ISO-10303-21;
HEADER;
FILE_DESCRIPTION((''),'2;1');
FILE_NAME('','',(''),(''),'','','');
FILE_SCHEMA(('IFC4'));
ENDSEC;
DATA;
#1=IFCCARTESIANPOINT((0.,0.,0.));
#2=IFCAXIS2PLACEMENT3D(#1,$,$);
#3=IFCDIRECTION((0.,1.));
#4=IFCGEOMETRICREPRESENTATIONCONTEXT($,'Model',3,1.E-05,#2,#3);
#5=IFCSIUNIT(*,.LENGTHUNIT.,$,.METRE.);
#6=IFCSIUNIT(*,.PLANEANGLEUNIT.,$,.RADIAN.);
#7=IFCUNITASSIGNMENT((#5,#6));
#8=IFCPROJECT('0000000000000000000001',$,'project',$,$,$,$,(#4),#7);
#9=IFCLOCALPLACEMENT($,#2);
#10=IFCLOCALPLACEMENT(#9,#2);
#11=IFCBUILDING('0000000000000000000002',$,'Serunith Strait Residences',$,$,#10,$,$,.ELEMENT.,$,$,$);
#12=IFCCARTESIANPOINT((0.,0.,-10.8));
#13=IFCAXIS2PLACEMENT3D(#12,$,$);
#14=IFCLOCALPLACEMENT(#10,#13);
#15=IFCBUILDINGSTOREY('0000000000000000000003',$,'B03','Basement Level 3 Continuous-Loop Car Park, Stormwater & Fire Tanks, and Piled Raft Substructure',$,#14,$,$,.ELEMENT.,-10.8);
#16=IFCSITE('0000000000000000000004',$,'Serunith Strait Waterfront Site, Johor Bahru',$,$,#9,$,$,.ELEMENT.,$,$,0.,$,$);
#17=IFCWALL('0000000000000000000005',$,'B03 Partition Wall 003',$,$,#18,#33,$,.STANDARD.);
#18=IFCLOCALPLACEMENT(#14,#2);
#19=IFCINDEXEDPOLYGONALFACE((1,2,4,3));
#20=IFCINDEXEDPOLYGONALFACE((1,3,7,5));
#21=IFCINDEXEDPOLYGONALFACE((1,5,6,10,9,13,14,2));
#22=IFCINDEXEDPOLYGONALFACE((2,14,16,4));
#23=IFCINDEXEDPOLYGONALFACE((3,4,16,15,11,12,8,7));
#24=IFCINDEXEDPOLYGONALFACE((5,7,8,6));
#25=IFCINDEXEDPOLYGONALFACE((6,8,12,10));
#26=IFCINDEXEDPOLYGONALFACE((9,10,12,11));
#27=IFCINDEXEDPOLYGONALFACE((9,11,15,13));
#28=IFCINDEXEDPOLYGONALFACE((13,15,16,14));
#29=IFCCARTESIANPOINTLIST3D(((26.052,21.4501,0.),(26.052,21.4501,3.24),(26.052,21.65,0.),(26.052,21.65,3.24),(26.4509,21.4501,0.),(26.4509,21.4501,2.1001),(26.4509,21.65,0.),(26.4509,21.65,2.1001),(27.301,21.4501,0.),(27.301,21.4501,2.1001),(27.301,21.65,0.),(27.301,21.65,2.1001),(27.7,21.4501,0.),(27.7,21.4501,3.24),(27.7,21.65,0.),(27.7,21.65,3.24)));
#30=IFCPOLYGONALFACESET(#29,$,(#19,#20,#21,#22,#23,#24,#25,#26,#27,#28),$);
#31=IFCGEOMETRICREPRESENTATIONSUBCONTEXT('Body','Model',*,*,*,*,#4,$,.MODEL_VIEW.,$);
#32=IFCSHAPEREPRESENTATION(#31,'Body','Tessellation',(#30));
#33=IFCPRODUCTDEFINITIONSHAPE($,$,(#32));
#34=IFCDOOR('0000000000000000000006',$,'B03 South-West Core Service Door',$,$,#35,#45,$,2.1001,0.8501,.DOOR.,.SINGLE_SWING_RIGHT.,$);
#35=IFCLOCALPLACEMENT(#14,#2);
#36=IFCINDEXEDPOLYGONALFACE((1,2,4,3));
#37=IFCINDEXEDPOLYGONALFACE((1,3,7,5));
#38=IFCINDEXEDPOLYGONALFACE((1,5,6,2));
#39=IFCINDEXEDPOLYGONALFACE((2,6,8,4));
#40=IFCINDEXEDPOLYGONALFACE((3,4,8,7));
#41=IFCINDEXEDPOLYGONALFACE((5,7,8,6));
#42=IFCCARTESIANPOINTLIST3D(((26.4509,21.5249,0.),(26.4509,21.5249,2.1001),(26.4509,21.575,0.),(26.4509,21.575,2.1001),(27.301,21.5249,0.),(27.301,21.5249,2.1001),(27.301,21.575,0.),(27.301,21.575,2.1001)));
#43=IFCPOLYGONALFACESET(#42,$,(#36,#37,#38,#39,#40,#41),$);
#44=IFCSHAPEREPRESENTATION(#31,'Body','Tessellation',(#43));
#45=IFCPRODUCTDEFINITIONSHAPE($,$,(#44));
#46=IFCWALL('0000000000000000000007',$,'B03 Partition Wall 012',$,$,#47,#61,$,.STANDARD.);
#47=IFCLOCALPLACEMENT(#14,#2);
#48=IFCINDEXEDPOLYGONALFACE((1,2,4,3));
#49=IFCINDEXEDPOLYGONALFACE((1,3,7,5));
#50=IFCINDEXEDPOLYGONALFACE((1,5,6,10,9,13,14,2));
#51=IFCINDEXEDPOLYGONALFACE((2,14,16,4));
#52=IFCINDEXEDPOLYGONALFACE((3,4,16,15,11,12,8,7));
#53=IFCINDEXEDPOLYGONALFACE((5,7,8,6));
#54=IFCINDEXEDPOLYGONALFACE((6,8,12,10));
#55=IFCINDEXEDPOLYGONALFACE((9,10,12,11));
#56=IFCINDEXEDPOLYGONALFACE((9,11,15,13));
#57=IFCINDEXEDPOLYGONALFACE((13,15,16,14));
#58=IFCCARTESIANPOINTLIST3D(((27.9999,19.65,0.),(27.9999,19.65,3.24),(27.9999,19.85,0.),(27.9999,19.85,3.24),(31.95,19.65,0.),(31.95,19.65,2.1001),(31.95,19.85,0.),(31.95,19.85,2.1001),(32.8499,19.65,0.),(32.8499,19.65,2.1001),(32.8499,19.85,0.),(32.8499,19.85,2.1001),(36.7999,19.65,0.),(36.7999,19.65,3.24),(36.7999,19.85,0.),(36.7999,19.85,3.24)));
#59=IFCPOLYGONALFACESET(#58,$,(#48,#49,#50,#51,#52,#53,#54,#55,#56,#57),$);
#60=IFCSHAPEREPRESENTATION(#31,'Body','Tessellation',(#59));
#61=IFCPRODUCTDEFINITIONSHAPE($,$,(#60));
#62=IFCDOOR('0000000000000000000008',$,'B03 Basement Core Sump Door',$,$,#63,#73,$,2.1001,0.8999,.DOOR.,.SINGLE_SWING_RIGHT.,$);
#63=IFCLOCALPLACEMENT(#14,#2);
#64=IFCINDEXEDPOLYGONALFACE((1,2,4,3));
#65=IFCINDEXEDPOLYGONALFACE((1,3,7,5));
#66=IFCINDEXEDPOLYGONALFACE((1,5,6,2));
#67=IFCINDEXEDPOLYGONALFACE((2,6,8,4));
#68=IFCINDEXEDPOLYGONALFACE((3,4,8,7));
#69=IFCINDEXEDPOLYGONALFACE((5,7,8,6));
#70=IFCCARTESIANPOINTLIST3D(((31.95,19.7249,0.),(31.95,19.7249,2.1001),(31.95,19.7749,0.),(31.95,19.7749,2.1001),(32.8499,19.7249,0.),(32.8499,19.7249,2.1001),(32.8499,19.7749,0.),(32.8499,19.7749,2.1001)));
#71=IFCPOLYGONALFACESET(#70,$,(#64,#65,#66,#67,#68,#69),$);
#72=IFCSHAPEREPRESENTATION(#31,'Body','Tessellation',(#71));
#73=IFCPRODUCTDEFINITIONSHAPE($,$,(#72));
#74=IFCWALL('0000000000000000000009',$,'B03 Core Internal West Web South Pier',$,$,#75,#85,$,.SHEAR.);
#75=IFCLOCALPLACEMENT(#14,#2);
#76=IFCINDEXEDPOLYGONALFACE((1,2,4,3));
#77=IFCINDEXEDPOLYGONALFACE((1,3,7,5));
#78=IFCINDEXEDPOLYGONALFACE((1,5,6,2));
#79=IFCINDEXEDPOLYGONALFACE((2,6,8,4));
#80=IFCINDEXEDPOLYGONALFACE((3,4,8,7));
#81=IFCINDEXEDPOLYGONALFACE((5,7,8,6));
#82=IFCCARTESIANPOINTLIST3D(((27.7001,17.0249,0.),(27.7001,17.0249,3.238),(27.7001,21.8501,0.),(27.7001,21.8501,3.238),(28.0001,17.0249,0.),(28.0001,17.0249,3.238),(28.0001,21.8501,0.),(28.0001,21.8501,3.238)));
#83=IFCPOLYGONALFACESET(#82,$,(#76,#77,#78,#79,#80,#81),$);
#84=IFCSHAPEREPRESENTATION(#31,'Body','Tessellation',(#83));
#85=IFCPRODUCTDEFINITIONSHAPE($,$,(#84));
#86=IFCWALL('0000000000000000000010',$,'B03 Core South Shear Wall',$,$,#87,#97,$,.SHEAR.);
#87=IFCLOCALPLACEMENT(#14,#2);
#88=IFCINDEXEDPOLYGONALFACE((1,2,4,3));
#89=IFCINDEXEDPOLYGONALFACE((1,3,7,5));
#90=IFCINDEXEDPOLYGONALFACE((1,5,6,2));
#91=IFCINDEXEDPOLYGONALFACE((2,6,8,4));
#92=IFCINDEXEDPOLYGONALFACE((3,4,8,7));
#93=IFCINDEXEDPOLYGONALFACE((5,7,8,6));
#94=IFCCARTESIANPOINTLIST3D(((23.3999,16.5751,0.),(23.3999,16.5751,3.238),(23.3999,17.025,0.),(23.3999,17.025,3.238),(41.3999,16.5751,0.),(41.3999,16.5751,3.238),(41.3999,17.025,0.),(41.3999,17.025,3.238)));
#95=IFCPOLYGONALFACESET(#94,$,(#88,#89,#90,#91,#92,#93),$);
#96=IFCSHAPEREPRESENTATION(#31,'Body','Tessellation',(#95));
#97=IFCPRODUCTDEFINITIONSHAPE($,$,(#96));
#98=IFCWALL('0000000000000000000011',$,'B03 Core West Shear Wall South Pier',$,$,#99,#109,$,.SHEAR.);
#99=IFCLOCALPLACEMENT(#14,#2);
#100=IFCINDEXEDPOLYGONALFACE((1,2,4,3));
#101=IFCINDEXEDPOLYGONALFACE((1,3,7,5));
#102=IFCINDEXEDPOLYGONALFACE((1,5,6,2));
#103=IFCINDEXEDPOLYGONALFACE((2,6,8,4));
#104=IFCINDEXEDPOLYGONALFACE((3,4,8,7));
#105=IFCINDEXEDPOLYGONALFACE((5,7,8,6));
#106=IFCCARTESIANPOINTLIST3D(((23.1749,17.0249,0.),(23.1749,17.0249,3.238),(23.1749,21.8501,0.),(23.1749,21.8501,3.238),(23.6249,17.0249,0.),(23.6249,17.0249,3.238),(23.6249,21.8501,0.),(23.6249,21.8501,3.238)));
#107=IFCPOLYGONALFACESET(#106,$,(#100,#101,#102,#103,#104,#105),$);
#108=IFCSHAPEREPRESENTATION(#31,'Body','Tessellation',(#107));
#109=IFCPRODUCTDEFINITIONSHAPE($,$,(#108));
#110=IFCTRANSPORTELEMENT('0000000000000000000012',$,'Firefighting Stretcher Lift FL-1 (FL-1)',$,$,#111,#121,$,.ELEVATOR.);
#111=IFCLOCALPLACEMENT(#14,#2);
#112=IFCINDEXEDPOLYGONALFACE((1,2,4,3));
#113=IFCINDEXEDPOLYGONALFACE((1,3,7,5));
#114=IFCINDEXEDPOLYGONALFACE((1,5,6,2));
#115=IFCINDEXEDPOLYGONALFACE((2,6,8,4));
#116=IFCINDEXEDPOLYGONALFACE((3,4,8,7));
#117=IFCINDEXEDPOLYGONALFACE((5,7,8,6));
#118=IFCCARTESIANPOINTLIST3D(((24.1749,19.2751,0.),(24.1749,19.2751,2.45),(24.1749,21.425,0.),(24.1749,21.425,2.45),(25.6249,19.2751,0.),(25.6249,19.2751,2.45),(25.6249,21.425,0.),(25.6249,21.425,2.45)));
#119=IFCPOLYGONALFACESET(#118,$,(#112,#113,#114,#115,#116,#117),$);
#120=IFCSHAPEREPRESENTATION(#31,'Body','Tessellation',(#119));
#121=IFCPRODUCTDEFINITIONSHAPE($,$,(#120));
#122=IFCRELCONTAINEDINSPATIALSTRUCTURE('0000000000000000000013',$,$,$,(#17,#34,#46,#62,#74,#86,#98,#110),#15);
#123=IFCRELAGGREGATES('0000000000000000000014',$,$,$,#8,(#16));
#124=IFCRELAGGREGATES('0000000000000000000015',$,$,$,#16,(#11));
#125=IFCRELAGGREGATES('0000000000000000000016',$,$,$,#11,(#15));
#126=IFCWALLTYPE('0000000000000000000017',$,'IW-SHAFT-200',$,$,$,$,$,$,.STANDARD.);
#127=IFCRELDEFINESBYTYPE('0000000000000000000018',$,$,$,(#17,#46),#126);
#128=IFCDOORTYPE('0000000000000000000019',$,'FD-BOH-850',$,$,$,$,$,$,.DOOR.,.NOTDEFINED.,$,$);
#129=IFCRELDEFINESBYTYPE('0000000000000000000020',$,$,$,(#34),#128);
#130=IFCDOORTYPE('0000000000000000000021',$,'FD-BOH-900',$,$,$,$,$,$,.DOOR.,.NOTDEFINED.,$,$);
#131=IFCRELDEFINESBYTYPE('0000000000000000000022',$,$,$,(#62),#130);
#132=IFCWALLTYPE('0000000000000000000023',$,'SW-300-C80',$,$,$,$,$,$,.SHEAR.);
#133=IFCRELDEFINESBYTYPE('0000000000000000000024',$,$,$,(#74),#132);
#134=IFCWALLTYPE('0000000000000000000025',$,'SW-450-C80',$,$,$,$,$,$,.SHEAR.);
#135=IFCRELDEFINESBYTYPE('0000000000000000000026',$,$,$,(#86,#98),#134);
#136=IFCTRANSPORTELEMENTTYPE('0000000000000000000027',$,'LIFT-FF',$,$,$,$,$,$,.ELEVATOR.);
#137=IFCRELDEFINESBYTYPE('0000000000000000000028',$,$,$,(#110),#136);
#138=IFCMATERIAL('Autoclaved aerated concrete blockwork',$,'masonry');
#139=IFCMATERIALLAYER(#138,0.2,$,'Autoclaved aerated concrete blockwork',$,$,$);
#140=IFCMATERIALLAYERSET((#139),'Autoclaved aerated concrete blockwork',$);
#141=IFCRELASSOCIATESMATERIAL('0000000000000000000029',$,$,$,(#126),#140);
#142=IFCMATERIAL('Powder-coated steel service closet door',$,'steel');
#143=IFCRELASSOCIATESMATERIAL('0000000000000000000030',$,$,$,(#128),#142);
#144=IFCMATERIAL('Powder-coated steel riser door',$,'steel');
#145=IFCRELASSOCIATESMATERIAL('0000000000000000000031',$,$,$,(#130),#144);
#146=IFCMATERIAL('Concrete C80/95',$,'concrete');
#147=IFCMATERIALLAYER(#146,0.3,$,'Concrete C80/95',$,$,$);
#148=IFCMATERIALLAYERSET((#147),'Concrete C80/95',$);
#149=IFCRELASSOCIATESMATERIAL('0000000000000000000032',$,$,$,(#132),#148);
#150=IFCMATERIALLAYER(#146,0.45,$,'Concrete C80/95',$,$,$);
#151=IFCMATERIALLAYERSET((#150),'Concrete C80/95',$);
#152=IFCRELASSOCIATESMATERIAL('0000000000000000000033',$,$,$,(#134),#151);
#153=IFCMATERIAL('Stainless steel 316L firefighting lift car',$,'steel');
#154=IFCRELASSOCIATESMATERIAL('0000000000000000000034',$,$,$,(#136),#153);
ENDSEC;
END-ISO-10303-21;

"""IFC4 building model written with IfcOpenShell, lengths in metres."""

from ifc_helpers import new_model, si_unit, direction, frame, frame_2d, origin, origin_2d, place, context, subcontext, project, spatial, rectangle, extrude, source, transform, mapped, material, layer, layer_set, type_object, element, fill, save


model = new_model("IFC4")

# Units and contexts
model_context = context("Model", 3, precision=1e-05, world=origin(), true_north=direction((0.0, 1.0)))
body_context = subcontext(model_context, "Body", "Model", "MODEL_VIEW")
ifc_project = project(units=[si_unit("LENGTHUNIT", "METRE"), si_unit("PLANEANGLEUNIT", "RADIAN")], contexts=[model_context])

# Site, building, storey
site_placement = place(None, origin())
site = spatial("IfcSite", under=ifc_project, at=site_placement, Name="Serunith Strait Waterfront Site, Johor Bahru", CompositionType="ELEMENT", RefElevation=0.0)
building_placement = place(site_placement, origin())
building = spatial("IfcBuilding", under=site, at=building_placement, Name="Serunith Strait Residences", CompositionType="ELEMENT")
storey_placement = place(building_placement, frame((0.0, 0.0, -10.8)))
storey = spatial("IfcBuildingStorey", under=building, at=storey_placement, Name="B03", Description="Basement Level 3 Continuous-Loop Car Park, Stormwater & Fire Tanks, and Piled Raft Substructure", CompositionType="ELEMENT", Elevation=-10.8)

# Shared definitions
ifc_material_1 = material(Name="Autoclaved aerated concrete blockwork", Category="masonry")
ifc_layer_1 = layer(ifc_material_1, 0.2, Name="Autoclaved aerated concrete blockwork")
ifc_layer_set_1 = layer_set([ifc_layer_1], Name="Autoclaved aerated concrete blockwork")
wall_type_1 = type_object("IfcWallType", Name="IW-SHAFT-200", PredefinedType="STANDARD", material=ifc_layer_set_1)

# Walls, openings, doors
wall_1_placement = place(storey_placement, frame((26.052, 21.55, 0.0), z_axis=(0.0, 0.0, 1.0), x_axis=(1.0, 0.0, 0.0)))
wall_1 = element("IfcWall", 1, at=wall_1_placement, inside=storey, type_object=wall_type_1, Name="B03 Partition Wall 003", PredefinedType="STANDARD", context=body_context, shape_type="SweptSolid", body=[
    extrude(rectangle(XDim=1.6479, YDim=0.2, at=frame_2d((0.824, 0.0))), origin(), (0.0, 0.0, 1.0), 3.24),
])
opening_1_placement = place(wall_1_placement, frame((0.3989, 0.0, 0.0)))
opening_1 = element("IfcOpeningElement", 2, at=opening_1_placement, cuts=wall_1, PredefinedType="OPENING", context=body_context, shape_type="SweptSolid", body=[
    extrude(rectangle(XDim=0.8501, YDim=2.1001, at=frame_2d((0.425, 1.05))), frame((0.0, 0.1099, 0.0), z_axis=(0.0, -1.0, 0.0), x_axis=(1.0, 0.0, 0.0)), (0.0, 0.0, 1.0), 0.22),
])
ifc_material_2 = material(Name="Powder-coated steel service closet door", Category="steel")
door_type_1 = type_object("IfcDoorType", Name="FD-BOH-850", OperationType="NOTDEFINED", PredefinedType="DOOR", material=ifc_material_2)
shared_shape_1 = source(origin(), body_context, "Body", "SweptSolid", [
    extrude(rectangle(XDim=0.8501, YDim=2.1001, at=frame_2d((0.425, 1.05))), frame((0.0, 0.0249, 0.0), z_axis=(0.0, -1.0, 0.0), x_axis=(1.0, 0.0, 0.0)), (0.0, 0.0, 1.0), 0.05),
])
door_1_placement = place(opening_1_placement, origin())
door_1 = element("IfcDoor", 3, at=door_1_placement, inside=storey, type_object=door_type_1, Name="B03 South-West Core Service Door", OperationType="SINGLE_SWING_RIGHT", OverallHeight=2.1001, OverallWidth=0.8501, PredefinedType="DOOR", context=body_context, shape_type="MappedRepresentation", body=[
    mapped(shared_shape_1, transform((0.0, 0.0, 0.0), scale=1.0)),
])
fill(opening_1, door_1)
wall_2_placement = place(storey_placement, frame((28.0, 19.75, 0.0), z_axis=(0.0, 0.0, 1.0), x_axis=(1.0, 0.0, 0.0)))
wall_2 = element("IfcWall", 4, at=wall_2_placement, inside=storey, type_object=wall_type_1, Name="B03 Partition Wall 012", PredefinedType="STANDARD", context=body_context, shape_type="SweptSolid", body=[
    extrude(rectangle(XDim=8.8, YDim=0.2, at=frame_2d((4.3999, 0.0))), origin(), (0.0, 0.0, 1.0), 3.24),
])
opening_2_placement = place(wall_2_placement, frame((3.95, 0.0, 0.0)))
opening_2 = element("IfcOpeningElement", 5, at=opening_2_placement, cuts=wall_2, PredefinedType="OPENING", context=body_context, shape_type="SweptSolid", body=[
    extrude(rectangle(XDim=0.8999, YDim=2.1001, at=frame_2d((0.45, 1.05))), frame((0.0, 0.1099, 0.0), z_axis=(0.0, -1.0, 0.0), x_axis=(1.0, 0.0, 0.0)), (0.0, 0.0, 1.0), 0.22),
])
ifc_material_3 = material(Name="Powder-coated steel riser door", Category="steel")
door_type_2 = type_object("IfcDoorType", Name="FD-BOH-900", OperationType="NOTDEFINED", PredefinedType="DOOR", material=ifc_material_3)
shared_shape_2 = source(origin(), body_context, "Body", "SweptSolid", [
    extrude(rectangle(XDim=0.8999, YDim=2.1001, at=frame_2d((0.45, 1.05))), frame((0.0, 0.0249, 0.0), z_axis=(0.0, -1.0, 0.0), x_axis=(1.0, 0.0, 0.0)), (0.0, 0.0, 1.0), 0.05),
])
door_2_placement = place(opening_2_placement, origin())
door_2 = element("IfcDoor", 6, at=door_2_placement, inside=storey, type_object=door_type_2, Name="B03 Basement Core Sump Door", OperationType="SINGLE_SWING_RIGHT", OverallHeight=2.1001, OverallWidth=0.8999, PredefinedType="DOOR", context=body_context, shape_type="MappedRepresentation", body=[
    mapped(shared_shape_2, transform((0.0, 0.0, 0.0), scale=1.0)),
])
fill(opening_2, door_2)

# Walls
ifc_material_4 = material(Name="Concrete C80/95", Category="concrete")
ifc_layer_2 = layer(ifc_material_4, 0.3, Name="Concrete C80/95")
ifc_layer_set_2 = layer_set([ifc_layer_2], Name="Concrete C80/95")
wall_type_2 = type_object("IfcWallType", Name="SW-300-C80", PredefinedType="SHEAR", material=ifc_layer_set_2)
wall_3_placement = place(storey_placement, frame((27.8501, 17.0249, 0.0), z_axis=(0.0, 0.0, 1.0), x_axis=(0.0, 1.0, 0.0)))
element("IfcWall", 7, at=wall_3_placement, inside=storey, type_object=wall_type_2, Name="B03 Core Internal West Web South Pier", PredefinedType="SHEAR", context=body_context, shape_type="SweptSolid", body=[
    extrude(rectangle(XDim=4.8252, YDim=0.3, at=frame_2d((2.4126, 0.0))), origin(), (0.0, 0.0, 1.0), 3.238),
])
ifc_layer_3 = layer(ifc_material_4, 0.45, Name="Concrete C80/95")
ifc_layer_set_3 = layer_set([ifc_layer_3], Name="Concrete C80/95")
wall_type_3 = type_object("IfcWallType", Name="SW-450-C80", PredefinedType="SHEAR", material=ifc_layer_set_3)
wall_4_placement = place(storey_placement, frame((23.3999, 16.8, 0.0), z_axis=(0.0, 0.0, 1.0), x_axis=(1.0, 0.0, 0.0)))
element("IfcWall", 8, at=wall_4_placement, inside=storey, type_object=wall_type_3, Name="B03 Core South Shear Wall", PredefinedType="SHEAR", context=body_context, shape_type="SweptSolid", body=[
    extrude(rectangle(XDim=18.0, YDim=0.45, at=frame_2d((9.0, 0.0))), origin(), (0.0, 0.0, 1.0), 3.238),
])
wall_5_placement = place(storey_placement, frame((23.3999, 17.0249, 0.0), z_axis=(0.0, 0.0, 1.0), x_axis=(0.0, 1.0, 0.0)))
element("IfcWall", 9, at=wall_5_placement, inside=storey, type_object=wall_type_3, Name="B03 Core West Shear Wall South Pier", PredefinedType="SHEAR", context=body_context, shape_type="SweptSolid", body=[
    extrude(rectangle(XDim=4.8252, YDim=0.45, at=frame_2d((2.4126, 0.0))), origin(), (0.0, 0.0, 1.0), 3.238),
])

# Transport element
ifc_material_5 = material(Name="Stainless steel 316L firefighting lift car", Category="steel")
transport_element_type = type_object("IfcTransportElementType", Name="LIFT-FF", PredefinedType="ELEVATOR", material=ifc_material_5)
shared_shape_3 = source(origin(), body_context, "Body", "SweptSolid", [
    extrude(rectangle(XDim=1.45, YDim=2.1499, at=origin_2d()), origin(), (0.0, 0.0, 1.0), 2.45),
])
transport_element_placement = place(storey_placement, frame((24.8999, 20.3501, 0.0), z_axis=(0.0, 0.0, 1.0), x_axis=(1.0, 0.0, 0.0)))
element("IfcTransportElement", 10, at=transport_element_placement, inside=storey, type_object=transport_element_type, Name="Firefighting Stretcher Lift FL-1 (FL-1)", PredefinedType="ELEVATOR", context=body_context, shape_type="MappedRepresentation", body=[
    mapped(shared_shape_3, transform((0.0, 0.0, 0.0), scale=1.0)),
])

save(model, "model.ifc")
